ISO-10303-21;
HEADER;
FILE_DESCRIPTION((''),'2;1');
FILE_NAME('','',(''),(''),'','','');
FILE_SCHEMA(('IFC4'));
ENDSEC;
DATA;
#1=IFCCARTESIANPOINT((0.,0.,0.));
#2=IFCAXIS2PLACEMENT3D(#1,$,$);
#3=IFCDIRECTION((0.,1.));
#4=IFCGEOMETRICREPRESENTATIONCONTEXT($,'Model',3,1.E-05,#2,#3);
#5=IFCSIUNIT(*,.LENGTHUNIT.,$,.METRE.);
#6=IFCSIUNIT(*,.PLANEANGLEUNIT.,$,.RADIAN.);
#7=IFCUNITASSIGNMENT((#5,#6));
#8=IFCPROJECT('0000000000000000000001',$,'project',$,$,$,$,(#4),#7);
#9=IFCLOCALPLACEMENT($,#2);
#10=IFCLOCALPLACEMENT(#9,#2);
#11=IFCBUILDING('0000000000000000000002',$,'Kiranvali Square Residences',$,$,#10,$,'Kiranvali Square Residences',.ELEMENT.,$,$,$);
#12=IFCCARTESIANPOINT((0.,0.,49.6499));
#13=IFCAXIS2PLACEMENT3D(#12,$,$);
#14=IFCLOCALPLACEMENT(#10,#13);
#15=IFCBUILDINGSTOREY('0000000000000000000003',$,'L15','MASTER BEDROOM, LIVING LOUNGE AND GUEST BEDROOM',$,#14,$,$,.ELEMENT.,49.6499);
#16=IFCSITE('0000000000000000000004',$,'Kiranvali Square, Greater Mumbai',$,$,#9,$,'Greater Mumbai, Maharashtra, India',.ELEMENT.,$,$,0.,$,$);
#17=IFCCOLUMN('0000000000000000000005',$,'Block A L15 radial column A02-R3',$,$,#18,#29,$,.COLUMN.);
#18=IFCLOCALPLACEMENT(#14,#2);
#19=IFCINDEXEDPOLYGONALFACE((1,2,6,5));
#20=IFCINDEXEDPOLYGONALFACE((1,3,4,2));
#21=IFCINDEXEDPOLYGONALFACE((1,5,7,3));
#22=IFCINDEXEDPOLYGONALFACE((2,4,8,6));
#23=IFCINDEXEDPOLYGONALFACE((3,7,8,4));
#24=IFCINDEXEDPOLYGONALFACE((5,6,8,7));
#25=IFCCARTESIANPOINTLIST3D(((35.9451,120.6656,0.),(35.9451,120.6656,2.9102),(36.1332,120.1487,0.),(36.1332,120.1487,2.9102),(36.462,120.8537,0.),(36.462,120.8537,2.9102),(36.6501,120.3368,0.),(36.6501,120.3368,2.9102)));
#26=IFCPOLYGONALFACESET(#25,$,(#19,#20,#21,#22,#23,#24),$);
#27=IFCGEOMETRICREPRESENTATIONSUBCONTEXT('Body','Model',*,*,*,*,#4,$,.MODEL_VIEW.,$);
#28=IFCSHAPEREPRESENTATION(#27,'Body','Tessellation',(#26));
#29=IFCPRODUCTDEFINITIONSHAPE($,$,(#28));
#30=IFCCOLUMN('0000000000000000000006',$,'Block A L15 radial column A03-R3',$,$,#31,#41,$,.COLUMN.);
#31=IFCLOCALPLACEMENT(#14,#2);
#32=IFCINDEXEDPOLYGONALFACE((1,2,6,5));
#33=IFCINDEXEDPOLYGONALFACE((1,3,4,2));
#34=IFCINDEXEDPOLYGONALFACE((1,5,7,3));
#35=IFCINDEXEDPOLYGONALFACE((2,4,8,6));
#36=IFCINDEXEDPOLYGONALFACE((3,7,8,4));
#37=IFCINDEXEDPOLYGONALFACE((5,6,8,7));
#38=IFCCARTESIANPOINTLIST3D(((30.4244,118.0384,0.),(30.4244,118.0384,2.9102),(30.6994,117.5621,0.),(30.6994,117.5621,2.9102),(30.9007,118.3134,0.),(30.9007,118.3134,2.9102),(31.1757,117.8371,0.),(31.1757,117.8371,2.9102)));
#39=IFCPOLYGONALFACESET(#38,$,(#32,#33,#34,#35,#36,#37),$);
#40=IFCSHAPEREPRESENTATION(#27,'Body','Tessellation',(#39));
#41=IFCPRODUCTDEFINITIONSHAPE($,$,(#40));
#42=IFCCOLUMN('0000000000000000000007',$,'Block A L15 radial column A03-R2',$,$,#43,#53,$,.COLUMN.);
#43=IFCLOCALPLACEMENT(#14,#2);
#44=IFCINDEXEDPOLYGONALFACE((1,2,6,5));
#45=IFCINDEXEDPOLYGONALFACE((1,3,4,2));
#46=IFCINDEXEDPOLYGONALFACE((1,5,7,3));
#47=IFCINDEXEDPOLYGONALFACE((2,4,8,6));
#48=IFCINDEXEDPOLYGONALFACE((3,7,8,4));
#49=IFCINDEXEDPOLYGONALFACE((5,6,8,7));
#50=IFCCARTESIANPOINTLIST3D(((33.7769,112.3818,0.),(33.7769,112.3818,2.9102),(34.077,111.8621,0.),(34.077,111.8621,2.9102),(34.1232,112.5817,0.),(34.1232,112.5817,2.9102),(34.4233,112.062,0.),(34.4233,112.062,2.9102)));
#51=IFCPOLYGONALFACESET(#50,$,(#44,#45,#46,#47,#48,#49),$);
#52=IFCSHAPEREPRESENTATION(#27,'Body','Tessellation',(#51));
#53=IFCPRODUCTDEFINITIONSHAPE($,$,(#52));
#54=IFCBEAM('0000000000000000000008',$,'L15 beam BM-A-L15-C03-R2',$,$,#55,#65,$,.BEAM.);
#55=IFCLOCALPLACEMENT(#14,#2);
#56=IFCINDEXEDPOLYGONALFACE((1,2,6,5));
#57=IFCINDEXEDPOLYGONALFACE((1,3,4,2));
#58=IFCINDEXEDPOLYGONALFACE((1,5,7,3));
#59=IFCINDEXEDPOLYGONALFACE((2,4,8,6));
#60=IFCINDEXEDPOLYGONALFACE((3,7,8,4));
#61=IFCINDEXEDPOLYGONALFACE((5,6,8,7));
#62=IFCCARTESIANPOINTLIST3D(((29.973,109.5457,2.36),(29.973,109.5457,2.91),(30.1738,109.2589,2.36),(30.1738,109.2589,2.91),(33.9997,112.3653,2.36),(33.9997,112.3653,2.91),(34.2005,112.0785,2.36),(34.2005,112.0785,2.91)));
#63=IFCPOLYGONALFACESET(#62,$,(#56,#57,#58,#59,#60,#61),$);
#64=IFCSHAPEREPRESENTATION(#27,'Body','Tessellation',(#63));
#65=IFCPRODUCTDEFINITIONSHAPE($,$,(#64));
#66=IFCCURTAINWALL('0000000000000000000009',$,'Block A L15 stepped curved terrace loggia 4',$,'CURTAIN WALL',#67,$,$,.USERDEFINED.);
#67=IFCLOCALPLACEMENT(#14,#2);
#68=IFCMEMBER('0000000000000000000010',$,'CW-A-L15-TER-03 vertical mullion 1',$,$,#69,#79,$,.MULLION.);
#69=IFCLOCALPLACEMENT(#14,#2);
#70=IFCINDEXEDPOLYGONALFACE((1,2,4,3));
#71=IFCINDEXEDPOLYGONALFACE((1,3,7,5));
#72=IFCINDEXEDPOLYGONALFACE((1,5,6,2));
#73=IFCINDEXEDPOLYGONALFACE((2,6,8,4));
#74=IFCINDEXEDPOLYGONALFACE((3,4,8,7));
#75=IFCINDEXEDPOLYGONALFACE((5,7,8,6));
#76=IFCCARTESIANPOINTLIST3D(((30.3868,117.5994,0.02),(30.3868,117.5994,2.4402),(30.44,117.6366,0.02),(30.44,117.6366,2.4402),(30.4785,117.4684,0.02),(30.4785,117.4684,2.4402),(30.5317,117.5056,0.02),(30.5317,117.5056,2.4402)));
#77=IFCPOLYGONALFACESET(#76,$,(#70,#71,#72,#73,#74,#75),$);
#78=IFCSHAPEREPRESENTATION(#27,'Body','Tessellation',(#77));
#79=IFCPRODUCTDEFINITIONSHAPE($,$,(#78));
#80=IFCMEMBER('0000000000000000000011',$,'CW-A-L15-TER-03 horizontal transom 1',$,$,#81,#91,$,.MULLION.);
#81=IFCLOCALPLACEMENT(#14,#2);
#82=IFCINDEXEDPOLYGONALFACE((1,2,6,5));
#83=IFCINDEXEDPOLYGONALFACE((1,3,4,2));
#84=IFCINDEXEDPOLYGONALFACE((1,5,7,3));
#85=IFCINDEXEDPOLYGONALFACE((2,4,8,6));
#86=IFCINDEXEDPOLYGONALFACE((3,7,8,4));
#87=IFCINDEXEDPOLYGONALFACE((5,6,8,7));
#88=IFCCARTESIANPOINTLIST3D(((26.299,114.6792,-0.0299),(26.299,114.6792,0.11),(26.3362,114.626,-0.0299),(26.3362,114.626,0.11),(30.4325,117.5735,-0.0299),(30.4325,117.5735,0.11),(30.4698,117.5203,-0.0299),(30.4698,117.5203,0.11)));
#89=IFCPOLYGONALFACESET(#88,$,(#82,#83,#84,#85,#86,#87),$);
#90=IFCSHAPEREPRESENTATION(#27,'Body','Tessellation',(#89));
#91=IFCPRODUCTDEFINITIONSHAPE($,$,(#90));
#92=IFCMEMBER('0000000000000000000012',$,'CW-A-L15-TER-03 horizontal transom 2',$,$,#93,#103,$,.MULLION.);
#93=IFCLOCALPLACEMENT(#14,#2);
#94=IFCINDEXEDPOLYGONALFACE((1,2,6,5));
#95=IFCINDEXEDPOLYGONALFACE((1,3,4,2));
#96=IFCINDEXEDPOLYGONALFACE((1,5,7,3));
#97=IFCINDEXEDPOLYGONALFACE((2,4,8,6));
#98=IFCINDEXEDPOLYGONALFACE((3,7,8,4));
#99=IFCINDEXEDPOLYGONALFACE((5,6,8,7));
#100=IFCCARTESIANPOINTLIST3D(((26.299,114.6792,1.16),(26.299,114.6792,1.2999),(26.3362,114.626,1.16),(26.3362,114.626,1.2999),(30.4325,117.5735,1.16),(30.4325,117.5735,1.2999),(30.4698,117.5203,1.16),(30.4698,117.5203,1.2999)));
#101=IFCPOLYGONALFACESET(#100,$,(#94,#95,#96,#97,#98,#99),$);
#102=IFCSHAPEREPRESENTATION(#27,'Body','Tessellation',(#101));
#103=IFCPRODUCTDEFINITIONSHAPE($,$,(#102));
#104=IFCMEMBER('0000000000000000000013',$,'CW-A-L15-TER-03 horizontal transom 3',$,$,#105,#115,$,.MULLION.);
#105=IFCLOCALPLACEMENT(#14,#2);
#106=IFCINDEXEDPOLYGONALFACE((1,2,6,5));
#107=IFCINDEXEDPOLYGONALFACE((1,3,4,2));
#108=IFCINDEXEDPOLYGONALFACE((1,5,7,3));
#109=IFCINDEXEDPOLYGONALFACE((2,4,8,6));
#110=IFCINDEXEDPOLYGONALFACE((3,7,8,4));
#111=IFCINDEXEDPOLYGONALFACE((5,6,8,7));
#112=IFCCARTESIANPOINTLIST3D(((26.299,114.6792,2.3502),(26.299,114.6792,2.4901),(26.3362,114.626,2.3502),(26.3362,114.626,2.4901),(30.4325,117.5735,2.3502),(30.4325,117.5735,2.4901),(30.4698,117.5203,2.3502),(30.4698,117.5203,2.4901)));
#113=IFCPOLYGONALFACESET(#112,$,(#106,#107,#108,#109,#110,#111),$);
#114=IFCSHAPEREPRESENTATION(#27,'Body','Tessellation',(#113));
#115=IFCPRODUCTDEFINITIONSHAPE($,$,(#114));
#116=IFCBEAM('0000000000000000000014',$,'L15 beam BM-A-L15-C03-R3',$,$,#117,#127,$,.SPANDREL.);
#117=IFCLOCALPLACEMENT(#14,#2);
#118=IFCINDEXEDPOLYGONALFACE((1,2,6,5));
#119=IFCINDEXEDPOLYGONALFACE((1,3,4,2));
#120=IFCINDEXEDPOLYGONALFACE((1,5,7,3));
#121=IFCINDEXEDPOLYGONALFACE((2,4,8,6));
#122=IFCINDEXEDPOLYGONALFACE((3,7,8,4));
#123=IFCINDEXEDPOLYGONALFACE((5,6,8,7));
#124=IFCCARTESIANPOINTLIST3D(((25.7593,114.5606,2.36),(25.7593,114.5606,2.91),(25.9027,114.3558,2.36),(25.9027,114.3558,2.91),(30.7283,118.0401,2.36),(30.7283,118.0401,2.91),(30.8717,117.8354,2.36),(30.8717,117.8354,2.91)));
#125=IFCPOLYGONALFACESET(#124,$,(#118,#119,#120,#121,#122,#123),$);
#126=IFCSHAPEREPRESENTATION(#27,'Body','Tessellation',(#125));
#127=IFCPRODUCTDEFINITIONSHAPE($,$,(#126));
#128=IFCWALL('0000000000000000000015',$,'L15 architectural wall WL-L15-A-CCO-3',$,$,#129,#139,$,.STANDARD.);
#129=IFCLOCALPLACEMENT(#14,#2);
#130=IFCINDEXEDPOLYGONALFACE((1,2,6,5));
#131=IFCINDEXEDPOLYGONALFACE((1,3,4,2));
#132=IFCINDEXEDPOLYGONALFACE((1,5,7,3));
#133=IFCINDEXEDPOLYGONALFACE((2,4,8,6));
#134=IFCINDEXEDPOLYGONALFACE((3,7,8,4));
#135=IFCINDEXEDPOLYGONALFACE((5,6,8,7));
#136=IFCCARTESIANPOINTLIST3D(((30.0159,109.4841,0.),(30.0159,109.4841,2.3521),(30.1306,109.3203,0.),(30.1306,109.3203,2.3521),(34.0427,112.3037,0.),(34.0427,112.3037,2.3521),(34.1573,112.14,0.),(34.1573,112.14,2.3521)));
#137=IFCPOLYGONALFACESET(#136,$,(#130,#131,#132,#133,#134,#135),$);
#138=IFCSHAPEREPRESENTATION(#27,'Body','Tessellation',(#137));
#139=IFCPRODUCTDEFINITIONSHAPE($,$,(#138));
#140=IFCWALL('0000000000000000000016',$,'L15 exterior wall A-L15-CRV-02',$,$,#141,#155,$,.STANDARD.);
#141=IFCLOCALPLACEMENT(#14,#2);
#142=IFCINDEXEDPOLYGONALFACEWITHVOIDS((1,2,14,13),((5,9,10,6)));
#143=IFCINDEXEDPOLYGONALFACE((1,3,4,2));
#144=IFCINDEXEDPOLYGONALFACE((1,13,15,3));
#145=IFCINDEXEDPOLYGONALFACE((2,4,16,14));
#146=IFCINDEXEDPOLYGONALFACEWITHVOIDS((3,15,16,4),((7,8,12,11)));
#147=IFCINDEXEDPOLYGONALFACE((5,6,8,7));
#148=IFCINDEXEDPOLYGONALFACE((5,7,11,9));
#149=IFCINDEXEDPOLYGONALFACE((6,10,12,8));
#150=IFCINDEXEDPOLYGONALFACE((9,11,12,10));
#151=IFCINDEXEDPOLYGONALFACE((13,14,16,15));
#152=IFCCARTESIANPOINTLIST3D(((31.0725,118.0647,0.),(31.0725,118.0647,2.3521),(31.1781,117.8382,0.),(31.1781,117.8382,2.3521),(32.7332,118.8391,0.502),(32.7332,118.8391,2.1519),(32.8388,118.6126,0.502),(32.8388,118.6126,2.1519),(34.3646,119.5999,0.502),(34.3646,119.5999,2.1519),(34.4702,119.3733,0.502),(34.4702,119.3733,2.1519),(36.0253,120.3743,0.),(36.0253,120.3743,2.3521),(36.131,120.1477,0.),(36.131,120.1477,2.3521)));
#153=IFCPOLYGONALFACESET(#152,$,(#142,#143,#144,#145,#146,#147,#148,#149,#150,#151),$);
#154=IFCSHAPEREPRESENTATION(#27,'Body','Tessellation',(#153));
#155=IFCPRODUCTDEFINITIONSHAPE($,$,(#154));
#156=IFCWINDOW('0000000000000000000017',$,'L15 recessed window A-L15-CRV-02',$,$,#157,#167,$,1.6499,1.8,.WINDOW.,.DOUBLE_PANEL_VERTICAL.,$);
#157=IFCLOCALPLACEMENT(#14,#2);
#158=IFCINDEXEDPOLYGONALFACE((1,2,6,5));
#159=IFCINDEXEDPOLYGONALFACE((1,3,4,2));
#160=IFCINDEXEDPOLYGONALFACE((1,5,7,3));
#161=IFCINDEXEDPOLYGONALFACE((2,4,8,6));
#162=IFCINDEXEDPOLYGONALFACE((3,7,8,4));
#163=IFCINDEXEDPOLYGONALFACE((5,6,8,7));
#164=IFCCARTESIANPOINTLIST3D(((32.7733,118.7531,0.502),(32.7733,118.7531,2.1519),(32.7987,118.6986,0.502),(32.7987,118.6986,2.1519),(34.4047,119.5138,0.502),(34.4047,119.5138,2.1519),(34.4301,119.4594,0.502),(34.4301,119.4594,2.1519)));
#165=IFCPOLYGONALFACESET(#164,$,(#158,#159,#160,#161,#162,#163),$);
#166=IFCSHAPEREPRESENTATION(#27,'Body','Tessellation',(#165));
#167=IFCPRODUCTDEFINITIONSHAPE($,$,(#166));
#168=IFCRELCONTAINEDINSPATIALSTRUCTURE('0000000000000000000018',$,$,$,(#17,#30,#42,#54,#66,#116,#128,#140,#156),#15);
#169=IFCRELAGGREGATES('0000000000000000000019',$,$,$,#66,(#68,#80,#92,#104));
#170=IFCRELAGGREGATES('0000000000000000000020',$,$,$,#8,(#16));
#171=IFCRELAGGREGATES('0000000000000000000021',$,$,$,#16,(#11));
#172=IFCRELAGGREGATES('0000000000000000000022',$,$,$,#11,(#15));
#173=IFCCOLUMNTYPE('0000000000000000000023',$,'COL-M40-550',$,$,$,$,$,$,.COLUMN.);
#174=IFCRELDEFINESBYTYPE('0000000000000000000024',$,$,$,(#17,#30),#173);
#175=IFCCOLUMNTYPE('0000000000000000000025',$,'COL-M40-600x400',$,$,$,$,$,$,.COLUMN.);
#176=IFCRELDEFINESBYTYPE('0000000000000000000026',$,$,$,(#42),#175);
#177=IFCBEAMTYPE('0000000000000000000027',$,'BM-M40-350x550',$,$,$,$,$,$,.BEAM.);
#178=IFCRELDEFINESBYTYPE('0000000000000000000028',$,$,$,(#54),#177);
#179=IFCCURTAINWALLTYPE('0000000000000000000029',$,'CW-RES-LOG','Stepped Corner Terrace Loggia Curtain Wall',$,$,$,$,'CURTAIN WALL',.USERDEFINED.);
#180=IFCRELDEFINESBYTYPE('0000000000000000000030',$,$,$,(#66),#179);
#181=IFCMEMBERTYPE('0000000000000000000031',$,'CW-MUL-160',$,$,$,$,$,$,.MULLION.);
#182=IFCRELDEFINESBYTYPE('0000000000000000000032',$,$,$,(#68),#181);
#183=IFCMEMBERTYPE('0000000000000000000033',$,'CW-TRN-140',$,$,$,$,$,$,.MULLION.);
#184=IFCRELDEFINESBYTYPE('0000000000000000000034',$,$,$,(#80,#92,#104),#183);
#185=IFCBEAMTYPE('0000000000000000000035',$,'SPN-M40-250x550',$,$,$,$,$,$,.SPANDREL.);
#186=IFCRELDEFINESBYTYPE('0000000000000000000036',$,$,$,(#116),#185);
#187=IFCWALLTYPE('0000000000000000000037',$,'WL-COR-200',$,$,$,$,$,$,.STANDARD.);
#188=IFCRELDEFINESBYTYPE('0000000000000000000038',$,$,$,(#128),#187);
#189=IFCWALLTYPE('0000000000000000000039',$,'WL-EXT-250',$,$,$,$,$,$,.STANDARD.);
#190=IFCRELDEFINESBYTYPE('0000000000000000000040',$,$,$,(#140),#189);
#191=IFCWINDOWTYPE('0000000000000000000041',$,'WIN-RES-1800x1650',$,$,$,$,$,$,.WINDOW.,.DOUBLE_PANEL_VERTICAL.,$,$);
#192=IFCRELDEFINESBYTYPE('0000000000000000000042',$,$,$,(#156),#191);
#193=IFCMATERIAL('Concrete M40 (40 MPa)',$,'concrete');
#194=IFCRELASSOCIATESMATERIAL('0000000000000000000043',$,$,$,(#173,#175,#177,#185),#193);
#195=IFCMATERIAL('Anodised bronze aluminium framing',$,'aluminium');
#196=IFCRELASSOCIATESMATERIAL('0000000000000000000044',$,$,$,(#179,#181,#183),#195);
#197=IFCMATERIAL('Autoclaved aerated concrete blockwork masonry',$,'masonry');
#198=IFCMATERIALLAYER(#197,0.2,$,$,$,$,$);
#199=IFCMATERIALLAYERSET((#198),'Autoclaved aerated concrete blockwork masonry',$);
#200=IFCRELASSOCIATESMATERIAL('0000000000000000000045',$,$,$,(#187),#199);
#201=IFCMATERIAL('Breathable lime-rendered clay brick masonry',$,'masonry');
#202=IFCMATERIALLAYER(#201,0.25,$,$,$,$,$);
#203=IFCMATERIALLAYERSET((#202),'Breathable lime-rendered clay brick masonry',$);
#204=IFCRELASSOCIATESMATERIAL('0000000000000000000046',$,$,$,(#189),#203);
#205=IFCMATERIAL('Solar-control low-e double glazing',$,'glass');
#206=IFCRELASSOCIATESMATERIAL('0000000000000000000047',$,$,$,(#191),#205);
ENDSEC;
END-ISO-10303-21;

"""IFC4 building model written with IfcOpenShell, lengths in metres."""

from ifc_helpers import new_model, si_unit, direction, frame, frame_2d, origin, origin_2d, place, context, subcontext, project, spatial, rectangle, extrude, material, layer, layer_set, material_profile, profile_set, type_object, element, fill, aggregate, save


model = new_model("IFC4")

# Units and contexts
model_context = context("Model", 3, precision=1e-05, world=origin(), true_north=direction((0.0, 1.0)))
body_context = subcontext(model_context, "Body", "Model", "MODEL_VIEW")
ifc_project = project(units=[si_unit("LENGTHUNIT", "METRE"), si_unit("PLANEANGLEUNIT", "RADIAN")], contexts=[model_context])

# Site, building, storey
site_placement = place(None, origin())
site = spatial("IfcSite", under=ifc_project, at=site_placement, Name="Kiranvali Square, Greater Mumbai", LongName="Greater Mumbai, Maharashtra, India", CompositionType="ELEMENT", RefElevation=0.0)
building_placement = place(site_placement, origin())
building = spatial("IfcBuilding", under=site, at=building_placement, Name="Kiranvali Square Residences", LongName="Kiranvali Square Residences", CompositionType="ELEMENT")
storey_placement = place(building_placement, frame((0.0, 0.0, 49.6499)))
storey = spatial("IfcBuildingStorey", under=building, at=storey_placement, Name="L15", Description="MASTER BEDROOM, LIVING LOUNGE AND GUEST BEDROOM", CompositionType="ELEMENT", Elevation=49.6499)

# Columns
ifc_material_1 = material(Name="Concrete M40 (40 MPa)", Category="concrete")
ifc_material_profile_1 = material_profile(ifc_material_1, rectangle(XDim=0.55, YDim=0.55, at=origin_2d()), Name="RC 550x550")
ifc_profile_set_1 = profile_set([ifc_material_profile_1], Name="Concrete M40 (40 MPa)")
column_type_1 = type_object("IfcColumnType", Name="COL-M40-550", PredefinedType="COLUMN", material=ifc_profile_set_1)
for number, where, z_axis, x_axis, name in (
    (1, (36.2976, 120.5012, 0.0), (0.0, 0.0, 1.0), (0.939693, 0.34202, 0.0), "Block A L15 radial column A02-R3"),
    (2, (30.8, 117.9377, 0.0), (0.0, 0.0, 1.0), (0.866025, 0.5, 0.0), "Block A L15 radial column A03-R3"),
):
    element("IfcColumn", number, at=place(storey_placement, frame(where, z_axis=z_axis, x_axis=x_axis)), inside=storey, type_object=column_type_1, Name=name, PredefinedType="COLUMN", context=body_context, shape_type="SweptSolid", body=[
        extrude(rectangle(XDim=0.55, YDim=0.55, at=origin_2d()), origin(), (0.0, 0.0, 1.0), 2.9102),
    ])
ifc_material_profile_2 = material_profile(ifc_material_1, rectangle(XDim=0.3999, YDim=0.6001, at=origin_2d()), Name="RC 600x400")
ifc_profile_set_2 = profile_set([ifc_material_profile_2], Name="Concrete M40 (40 MPa)")
column_type_2 = type_object("IfcColumnType", Name="COL-M40-600x400", PredefinedType="COLUMN", material=ifc_profile_set_2)
column_placement = place(storey_placement, frame((34.1001, 112.2219, 0.0), z_axis=(0.0, 0.0, 1.0), x_axis=(0.866025, 0.5, 0.0)))
element("IfcColumn", 3, at=column_placement, inside=storey, type_object=column_type_2, Name="Block A L15 radial column A03-R2", PredefinedType="COLUMN", context=body_context, shape_type="SweptSolid", body=[
    extrude(rectangle(XDim=0.3999, YDim=0.6001, at=origin_2d()), origin(), (0.0, 0.0, 1.0), 2.9102),
])

# Beam
ifc_material_profile_3 = material_profile(ifc_material_1, rectangle(XDim=0.3501, YDim=0.55, at=origin_2d()), Name="RC 350x550")
ifc_profile_set_3 = profile_set([ifc_material_profile_3], Name="Concrete M40 (40 MPa)")
beam_type_1 = type_object("IfcBeamType", Name="BM-M40-350x550", PredefinedType="BEAM", material=ifc_profile_set_3)
beam_1_placement = place(storey_placement, frame((34.1001, 112.2219, 2.635), z_axis=(-0.819141, -0.573592, 0.0), x_axis=(0.573592, -0.819141, 0.0)))
element("IfcBeam", 4, at=beam_1_placement, inside=storey, type_object=beam_type_1, Name="L15 beam BM-A-L15-C03-R2", PredefinedType="BEAM", context=body_context, shape_type="SweptSolid", body=[
    extrude(rectangle(XDim=0.3501, YDim=0.55, at=origin_2d()), origin(), (0.0, 0.0, 1.0), 4.9158),
])

# Curtain wall, members
ifc_material_2 = material(Name="Anodised bronze aluminium framing", Category="aluminium")
curtain_wall_type = type_object("IfcCurtainWallType", Name="CW-RES-LOG", Description="Stepped Corner Terrace Loggia Curtain Wall", ElementType="CURTAIN WALL", PredefinedType="USERDEFINED", material=ifc_material_2)
curtain_wall_placement = place(storey_placement, origin())
curtain_wall = element("IfcCurtainWall", 5, at=curtain_wall_placement, inside=storey, type_object=curtain_wall_type, Name="Block A L15 stepped curved terrace loggia 4", ObjectType="CURTAIN WALL", PredefinedType="USERDEFINED")
ifc_material_profile_4 = material_profile(ifc_material_2, rectangle(XDim=0.0649, YDim=0.1599, at=origin_2d()), Name="ALU 65x160")
ifc_profile_set_4 = profile_set([ifc_material_profile_4], Name="Anodised bronze aluminium framing")
member_type_1 = type_object("IfcMemberType", Name="CW-MUL-160", PredefinedType="MULLION", material=ifc_profile_set_4)
member_1_placement = place(storey_placement, frame((30.4592, 117.5525, 0.02), z_axis=(0.0, 0.0, 1.0), x_axis=(-0.819152, -0.573576, 0.0)))
member_1 = element("IfcMember", 6, at=member_1_placement, type_object=member_type_1, Name="CW-A-L15-TER-03 vertical mullion 1", PredefinedType="MULLION", context=body_context, shape_type="SweptSolid", body=[
    extrude(rectangle(XDim=0.0649, YDim=0.1599, at=origin_2d()), origin(), (0.0, 0.0, 1.0), 2.4202),
])
ifc_material_profile_5 = material_profile(ifc_material_2, rectangle(XDim=0.0649, YDim=0.1399, at=origin_2d()), Name="ALU 65x140")
ifc_profile_set_5 = profile_set([ifc_material_profile_5], Name="Anodised bronze aluminium framing")
member_type_2 = type_object("IfcMemberType", Name="CW-TRN-140", PredefinedType="MULLION", material=ifc_profile_set_5)
member_2_placement = place(storey_placement, frame((30.4512, 117.5469, 0.04), z_axis=(-0.819157, -0.573569, 0.0), x_axis=(0.573569, -0.819157, 0.0)))
member_2 = element("IfcMember", 7, at=member_2_placement, type_object=member_type_2, Name="CW-A-L15-TER-03 horizontal transom 1", PredefinedType="MULLION", context=body_context, shape_type="SweptSolid", body=[
    extrude(rectangle(XDim=0.0649, YDim=0.1399, at=origin_2d()), origin(), (0.0, 0.0, 1.0), 5.0461),
])
member_3_placement = place(storey_placement, frame((30.4512, 117.5469, 1.23), z_axis=(-0.819157, -0.573569, 0.0), x_axis=(0.573569, -0.819157, 0.0)))
member_3 = element("IfcMember", 8, at=member_3_placement, type_object=member_type_2, Name="CW-A-L15-TER-03 horizontal transom 2", PredefinedType="MULLION", context=body_context, shape_type="SweptSolid", body=[
    extrude(rectangle(XDim=0.0649, YDim=0.1399, at=origin_2d()), origin(), (0.0, 0.0, 1.0), 5.0461),
])
member_4_placement = place(storey_placement, frame((30.4512, 117.5469, 2.4202), z_axis=(-0.819157, -0.573569, 0.0), x_axis=(0.573569, -0.819157, 0.0)))
member_4 = element("IfcMember", 9, at=member_4_placement, type_object=member_type_2, Name="CW-A-L15-TER-03 horizontal transom 3", PredefinedType="MULLION", context=body_context, shape_type="SweptSolid", body=[
    extrude(rectangle(XDim=0.0649, YDim=0.1399, at=origin_2d()), origin(), (0.0, 0.0, 1.0), 5.0461),
])
aggregate(curtain_wall, [member_1, member_2, member_3, member_4])

# Beam
ifc_material_profile_6 = material_profile(ifc_material_1, rectangle(XDim=0.25, YDim=0.55, at=origin_2d()), Name="RC 250x550")
ifc_profile_set_6 = profile_set([ifc_material_profile_6], Name="Concrete M40 (40 MPa)")
beam_type_2 = type_object("IfcBeamType", Name="SPN-M40-250x550", PredefinedType="SPANDREL", material=ifc_profile_set_6)
beam_2_placement = place(storey_placement, frame((30.8, 117.9377, 2.635), z_axis=(-0.819139, -0.573595, 0.0), x_axis=(0.573595, -0.819139, 0.0)))
element("IfcBeam", 10, at=beam_2_placement, inside=storey, type_object=beam_type_2, Name="L15 beam BM-A-L15-C03-R3", PredefinedType="SPANDREL", context=body_context, shape_type="SweptSolid", body=[
    extrude(rectangle(XDim=0.25, YDim=0.55, at=origin_2d()), origin(), (0.0, 0.0, 1.0), 6.0662),
])

# Shared definitions
ifc_material_3 = material(Name="Autoclaved aerated concrete blockwork masonry", Category="masonry")
ifc_layer_1 = layer(ifc_material_3, 0.2)
ifc_layer_set_1 = layer_set([ifc_layer_1], Name="Autoclaved aerated concrete blockwork masonry")
wall_type_1 = type_object("IfcWallType", Name="WL-COR-200", PredefinedType="STANDARD", material=ifc_layer_set_1)

# Wall
wall_1_placement = place(storey_placement, frame((34.1001, 112.2219, 0.0), z_axis=(0.0, 0.0, 1.0), x_axis=(-0.819141, -0.573592, 0.0)))
element("IfcWall", 11, at=wall_1_placement, inside=storey, type_object=wall_type_1, Name="L15 architectural wall WL-L15-A-CCO-3", PredefinedType="STANDARD", context=body_context, shape_type="SweptSolid", body=[
    extrude(rectangle(XDim=4.9158, YDim=0.2, at=frame_2d((2.458, 0.0))), origin(), (0.0, 0.0, 1.0), 2.3521),
])

# Wall, opening, window
ifc_material_4 = material(Name="Breathable lime-rendered clay brick masonry", Category="masonry")
ifc_layer_2 = layer(ifc_material_4, 0.25)
ifc_layer_set_2 = layer_set([ifc_layer_2], Name="Breathable lime-rendered clay brick masonry")
wall_type_2 = type_object("IfcWallType", Name="WL-EXT-250", PredefinedType="STANDARD", material=ifc_layer_set_2)
wall_2_placement = place(storey_placement, frame((36.0781, 120.261, 0.0), z_axis=(0.0, 0.0, 1.0), x_axis=(-0.906308, -0.422619, 0.0)))
wall_2 = element("IfcWall", 12, at=wall_2_placement, inside=storey, type_object=wall_type_2, Name="L15 exterior wall A-L15-CRV-02", PredefinedType="STANDARD", context=body_context, shape_type="SweptSolid", body=[
    extrude(rectangle(XDim=5.4648, YDim=0.25, at=frame_2d((2.7324, 0.0))), origin(), (0.0, 0.0, 1.0), 2.3521),
])
opening_1_placement = place(wall_2_placement, frame((1.8325, 0.0, 0.502)))
opening_1 = element("IfcOpeningElement", 13, at=opening_1_placement, cuts=wall_2, PredefinedType="OPENING", context=body_context, shape_type="SweptSolid", body=[
    extrude(rectangle(XDim=1.8, YDim=1.6499, at=frame_2d((0.8999, 0.825))), frame((0.0, 0.135, 0.0), z_axis=(0.0, -1.0, 0.0), x_axis=(1.0, 0.0, 0.0)), (0.0, 0.0, 1.0), 0.27),
])
ifc_material_5 = material(Name="Solar-control low-e double glazing", Category="glass")
window_type = type_object("IfcWindowType", Name="WIN-RES-1800x1650", PartitioningType="DOUBLE_PANEL_VERTICAL", PredefinedType="WINDOW", material=ifc_material_5)
window_placement = place(opening_1_placement, origin())
window = element("IfcWindow", 14, at=window_placement, inside=storey, type_object=window_type, Name="L15 recessed window A-L15-CRV-02", OverallHeight=1.6499, OverallWidth=1.8, PartitioningType="DOUBLE_PANEL_VERTICAL", PredefinedType="WINDOW", context=body_context, shape_type="SweptSolid", body=[
    extrude(rectangle(XDim=1.8, YDim=1.6499, at=frame_2d((0.8999, 0.825))), frame((0.0, 0.03, 0.0), z_axis=(0.0, -1.0, 0.0), x_axis=(1.0, 0.0, 0.0)), (0.0, 0.0, 1.0), 0.0601),
])
fill(opening_1, window)

save(model, "model.ifc")
